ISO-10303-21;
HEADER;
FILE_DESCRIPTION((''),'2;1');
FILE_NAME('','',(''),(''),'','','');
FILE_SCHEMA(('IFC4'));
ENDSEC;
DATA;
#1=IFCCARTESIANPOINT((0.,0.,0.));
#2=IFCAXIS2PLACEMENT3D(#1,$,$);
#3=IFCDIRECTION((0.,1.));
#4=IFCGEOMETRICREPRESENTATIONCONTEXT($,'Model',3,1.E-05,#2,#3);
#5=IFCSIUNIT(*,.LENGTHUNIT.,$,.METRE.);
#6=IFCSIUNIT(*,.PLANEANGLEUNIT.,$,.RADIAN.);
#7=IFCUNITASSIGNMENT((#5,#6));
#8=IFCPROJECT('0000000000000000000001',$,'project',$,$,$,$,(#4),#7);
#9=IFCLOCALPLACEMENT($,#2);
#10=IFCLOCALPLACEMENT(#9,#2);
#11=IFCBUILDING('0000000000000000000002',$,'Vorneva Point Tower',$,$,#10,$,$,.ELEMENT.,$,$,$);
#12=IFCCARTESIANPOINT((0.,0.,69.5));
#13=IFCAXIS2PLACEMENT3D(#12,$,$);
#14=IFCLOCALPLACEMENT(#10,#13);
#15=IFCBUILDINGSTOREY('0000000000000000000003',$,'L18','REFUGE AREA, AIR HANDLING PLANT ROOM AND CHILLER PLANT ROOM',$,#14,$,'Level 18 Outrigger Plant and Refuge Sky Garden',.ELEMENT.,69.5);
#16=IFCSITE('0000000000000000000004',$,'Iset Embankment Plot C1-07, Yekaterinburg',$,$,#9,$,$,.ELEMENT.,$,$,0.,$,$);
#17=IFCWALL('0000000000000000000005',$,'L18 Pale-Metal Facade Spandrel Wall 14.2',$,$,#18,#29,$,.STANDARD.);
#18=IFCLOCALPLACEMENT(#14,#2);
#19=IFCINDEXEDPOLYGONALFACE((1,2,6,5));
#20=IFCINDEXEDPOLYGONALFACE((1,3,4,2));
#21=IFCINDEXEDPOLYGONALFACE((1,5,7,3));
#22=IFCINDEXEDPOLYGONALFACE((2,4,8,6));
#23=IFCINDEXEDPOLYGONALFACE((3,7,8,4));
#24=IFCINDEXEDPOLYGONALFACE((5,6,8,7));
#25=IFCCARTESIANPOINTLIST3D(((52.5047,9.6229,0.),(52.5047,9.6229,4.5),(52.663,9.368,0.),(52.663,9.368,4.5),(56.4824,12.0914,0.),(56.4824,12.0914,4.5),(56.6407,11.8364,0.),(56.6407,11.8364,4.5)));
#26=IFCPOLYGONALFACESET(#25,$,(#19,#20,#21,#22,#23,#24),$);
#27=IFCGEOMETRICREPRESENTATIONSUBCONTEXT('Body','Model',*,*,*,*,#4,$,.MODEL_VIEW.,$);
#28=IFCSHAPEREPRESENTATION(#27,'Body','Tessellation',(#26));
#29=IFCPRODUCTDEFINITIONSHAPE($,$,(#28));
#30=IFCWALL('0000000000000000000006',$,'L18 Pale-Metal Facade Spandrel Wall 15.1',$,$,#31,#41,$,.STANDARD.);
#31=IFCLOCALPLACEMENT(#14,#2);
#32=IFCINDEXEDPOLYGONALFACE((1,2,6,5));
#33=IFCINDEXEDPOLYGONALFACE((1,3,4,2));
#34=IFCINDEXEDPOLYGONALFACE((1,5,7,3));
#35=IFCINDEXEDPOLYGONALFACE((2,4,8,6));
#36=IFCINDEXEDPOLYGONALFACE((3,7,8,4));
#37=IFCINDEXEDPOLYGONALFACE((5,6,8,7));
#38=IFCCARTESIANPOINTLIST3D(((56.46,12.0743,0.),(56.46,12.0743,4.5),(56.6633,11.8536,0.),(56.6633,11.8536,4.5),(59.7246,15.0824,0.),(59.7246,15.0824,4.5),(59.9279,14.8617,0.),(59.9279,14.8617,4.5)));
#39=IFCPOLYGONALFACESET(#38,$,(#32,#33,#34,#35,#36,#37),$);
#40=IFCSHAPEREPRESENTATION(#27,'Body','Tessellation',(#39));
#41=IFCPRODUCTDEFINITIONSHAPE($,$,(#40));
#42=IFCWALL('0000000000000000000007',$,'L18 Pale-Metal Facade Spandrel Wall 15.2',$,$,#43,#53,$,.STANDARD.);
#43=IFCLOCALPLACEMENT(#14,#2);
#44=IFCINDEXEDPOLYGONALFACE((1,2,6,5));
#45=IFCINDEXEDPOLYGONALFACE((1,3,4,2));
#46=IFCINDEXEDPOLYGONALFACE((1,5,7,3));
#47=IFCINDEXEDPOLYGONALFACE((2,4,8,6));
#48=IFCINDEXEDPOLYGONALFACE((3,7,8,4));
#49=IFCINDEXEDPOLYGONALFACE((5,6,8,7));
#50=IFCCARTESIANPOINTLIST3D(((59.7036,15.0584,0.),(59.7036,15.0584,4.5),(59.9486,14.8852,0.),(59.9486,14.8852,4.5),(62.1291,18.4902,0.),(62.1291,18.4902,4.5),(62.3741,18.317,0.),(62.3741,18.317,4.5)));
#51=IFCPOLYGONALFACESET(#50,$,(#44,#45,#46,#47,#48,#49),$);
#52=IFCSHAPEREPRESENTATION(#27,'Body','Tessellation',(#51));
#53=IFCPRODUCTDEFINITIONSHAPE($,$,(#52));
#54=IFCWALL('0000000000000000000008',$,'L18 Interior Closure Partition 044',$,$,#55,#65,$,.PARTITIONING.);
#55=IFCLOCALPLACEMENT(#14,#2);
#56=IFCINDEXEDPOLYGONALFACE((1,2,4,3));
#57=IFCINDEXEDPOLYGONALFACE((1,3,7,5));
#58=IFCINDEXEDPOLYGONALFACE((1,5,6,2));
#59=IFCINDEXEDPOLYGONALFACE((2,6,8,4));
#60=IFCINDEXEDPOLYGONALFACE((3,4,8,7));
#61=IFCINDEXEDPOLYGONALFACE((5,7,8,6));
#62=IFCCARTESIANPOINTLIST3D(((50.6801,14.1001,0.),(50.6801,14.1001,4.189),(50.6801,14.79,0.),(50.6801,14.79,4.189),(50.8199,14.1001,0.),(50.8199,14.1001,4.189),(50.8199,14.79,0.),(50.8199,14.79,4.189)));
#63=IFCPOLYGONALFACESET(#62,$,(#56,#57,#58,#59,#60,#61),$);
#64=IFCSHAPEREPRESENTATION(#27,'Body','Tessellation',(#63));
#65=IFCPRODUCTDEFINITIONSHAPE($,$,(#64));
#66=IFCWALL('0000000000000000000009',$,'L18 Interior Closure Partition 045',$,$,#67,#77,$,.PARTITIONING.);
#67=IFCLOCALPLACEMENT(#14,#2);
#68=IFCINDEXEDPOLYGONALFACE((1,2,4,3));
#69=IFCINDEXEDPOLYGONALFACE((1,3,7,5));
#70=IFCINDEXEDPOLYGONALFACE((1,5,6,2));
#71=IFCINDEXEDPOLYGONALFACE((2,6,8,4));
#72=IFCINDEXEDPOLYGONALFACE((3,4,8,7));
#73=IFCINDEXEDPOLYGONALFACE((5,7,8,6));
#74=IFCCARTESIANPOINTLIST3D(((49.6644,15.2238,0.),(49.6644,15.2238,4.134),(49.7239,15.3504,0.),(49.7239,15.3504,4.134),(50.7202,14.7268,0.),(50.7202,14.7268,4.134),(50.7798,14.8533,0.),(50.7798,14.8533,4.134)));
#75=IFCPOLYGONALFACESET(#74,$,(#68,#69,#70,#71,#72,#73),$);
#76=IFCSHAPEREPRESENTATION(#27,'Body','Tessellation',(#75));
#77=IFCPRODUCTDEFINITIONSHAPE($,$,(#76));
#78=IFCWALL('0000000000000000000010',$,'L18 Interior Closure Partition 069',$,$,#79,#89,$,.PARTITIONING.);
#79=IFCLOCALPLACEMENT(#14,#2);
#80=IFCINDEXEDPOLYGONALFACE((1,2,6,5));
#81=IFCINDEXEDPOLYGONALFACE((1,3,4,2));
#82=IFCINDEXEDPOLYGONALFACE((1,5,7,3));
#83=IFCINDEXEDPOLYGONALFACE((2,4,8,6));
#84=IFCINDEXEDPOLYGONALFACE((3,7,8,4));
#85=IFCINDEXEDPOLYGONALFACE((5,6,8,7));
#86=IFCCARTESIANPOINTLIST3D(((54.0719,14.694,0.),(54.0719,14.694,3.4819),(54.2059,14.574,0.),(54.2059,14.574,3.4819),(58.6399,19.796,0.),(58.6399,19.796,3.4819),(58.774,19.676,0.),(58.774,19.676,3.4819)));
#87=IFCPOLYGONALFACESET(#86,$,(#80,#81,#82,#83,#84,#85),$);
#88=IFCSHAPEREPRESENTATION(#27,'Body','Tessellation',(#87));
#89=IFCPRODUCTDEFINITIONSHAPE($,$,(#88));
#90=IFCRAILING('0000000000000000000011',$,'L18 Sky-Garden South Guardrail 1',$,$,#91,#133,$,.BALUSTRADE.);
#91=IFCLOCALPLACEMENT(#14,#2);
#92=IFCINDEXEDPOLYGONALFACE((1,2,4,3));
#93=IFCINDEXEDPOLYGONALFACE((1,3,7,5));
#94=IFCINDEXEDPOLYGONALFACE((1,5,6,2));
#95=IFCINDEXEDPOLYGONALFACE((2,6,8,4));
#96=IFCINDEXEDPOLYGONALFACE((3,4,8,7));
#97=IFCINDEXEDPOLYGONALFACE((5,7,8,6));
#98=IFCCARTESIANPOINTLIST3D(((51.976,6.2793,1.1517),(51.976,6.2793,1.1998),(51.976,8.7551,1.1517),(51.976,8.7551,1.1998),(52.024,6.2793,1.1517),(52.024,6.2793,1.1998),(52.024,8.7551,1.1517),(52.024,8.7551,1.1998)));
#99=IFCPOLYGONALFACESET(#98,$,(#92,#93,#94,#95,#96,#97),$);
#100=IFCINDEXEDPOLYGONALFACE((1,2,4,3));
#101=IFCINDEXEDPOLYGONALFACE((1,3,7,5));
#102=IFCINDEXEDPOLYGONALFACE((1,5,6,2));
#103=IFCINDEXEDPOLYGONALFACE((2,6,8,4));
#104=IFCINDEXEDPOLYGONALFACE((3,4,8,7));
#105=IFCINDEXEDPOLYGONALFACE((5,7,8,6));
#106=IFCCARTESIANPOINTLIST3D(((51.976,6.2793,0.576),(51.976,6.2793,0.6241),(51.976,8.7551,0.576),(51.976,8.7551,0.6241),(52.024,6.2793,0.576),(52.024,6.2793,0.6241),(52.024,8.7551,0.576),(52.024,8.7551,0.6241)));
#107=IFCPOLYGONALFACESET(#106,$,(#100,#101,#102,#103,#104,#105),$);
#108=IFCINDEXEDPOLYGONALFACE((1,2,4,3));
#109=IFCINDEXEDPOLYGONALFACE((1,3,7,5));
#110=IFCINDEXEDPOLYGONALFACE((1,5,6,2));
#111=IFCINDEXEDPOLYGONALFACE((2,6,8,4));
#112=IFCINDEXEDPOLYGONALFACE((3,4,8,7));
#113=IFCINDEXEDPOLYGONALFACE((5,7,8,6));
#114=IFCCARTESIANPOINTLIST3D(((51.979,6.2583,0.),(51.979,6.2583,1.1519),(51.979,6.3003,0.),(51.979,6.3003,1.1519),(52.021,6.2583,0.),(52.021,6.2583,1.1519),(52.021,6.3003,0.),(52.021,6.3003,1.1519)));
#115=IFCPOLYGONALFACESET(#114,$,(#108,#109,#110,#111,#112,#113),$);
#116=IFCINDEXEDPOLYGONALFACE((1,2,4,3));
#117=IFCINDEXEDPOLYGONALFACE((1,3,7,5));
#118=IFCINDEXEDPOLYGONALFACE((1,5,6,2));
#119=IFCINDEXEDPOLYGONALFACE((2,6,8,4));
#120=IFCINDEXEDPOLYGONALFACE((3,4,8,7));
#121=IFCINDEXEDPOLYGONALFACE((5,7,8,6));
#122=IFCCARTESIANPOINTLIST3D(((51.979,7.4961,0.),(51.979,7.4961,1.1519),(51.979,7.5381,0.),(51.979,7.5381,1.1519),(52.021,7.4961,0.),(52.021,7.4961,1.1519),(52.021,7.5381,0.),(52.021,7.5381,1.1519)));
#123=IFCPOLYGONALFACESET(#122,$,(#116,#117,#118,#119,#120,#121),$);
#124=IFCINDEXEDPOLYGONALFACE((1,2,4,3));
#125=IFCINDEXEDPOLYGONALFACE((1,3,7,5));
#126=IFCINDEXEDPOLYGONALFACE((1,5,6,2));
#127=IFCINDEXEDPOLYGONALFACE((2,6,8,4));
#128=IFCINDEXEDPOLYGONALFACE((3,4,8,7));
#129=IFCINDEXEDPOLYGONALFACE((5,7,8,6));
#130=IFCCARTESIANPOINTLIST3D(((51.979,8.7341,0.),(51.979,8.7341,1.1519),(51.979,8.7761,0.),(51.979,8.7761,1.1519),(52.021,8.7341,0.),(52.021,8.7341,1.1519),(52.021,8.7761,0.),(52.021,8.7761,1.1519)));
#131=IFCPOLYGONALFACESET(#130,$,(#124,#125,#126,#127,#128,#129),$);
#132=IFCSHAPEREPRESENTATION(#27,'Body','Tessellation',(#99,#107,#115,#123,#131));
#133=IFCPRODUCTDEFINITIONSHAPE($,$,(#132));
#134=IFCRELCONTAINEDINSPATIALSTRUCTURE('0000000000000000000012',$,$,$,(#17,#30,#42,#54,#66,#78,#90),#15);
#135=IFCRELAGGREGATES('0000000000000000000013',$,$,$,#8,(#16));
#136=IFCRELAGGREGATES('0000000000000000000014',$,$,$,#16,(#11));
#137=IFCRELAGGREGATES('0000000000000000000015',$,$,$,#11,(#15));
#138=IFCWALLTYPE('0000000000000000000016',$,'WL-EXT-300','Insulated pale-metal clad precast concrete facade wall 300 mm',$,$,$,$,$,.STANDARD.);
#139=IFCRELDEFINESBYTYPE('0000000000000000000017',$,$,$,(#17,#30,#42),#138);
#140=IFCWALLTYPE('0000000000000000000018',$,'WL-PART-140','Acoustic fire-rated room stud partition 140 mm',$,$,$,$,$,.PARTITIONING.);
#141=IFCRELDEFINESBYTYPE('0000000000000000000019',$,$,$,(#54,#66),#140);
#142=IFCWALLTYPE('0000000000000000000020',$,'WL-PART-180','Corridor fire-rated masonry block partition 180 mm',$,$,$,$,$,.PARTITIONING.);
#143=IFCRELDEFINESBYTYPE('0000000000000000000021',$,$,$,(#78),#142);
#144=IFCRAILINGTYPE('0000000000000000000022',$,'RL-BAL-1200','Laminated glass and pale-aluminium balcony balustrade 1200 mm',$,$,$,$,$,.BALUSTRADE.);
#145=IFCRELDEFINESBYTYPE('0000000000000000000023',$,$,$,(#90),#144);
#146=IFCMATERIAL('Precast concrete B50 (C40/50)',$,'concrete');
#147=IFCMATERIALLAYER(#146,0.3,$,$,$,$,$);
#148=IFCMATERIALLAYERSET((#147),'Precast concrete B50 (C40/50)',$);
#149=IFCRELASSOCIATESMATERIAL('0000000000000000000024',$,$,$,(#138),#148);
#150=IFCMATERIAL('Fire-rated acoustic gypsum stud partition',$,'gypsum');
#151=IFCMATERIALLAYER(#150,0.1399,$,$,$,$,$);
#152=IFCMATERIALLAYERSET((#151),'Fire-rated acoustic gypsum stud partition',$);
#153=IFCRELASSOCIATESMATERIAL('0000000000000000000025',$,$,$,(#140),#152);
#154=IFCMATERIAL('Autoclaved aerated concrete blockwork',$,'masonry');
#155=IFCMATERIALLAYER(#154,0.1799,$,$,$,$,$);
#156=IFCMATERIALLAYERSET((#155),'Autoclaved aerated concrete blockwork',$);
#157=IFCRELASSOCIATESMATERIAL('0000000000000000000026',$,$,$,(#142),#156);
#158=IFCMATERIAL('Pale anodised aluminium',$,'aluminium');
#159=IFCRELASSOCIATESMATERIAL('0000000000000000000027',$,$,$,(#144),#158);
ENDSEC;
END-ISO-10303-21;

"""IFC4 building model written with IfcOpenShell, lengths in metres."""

from ifc_helpers import new_model, si_unit, direction, frame, frame_2d, origin, origin_2d, place, context, subcontext, project, spatial, rectangle, extrude, material, layer, layer_set, type_object, element, save


model = new_model("IFC4")

# Units and contexts
model_context = context("Model", 3, precision=1e-05, world=origin(), true_north=direction((0.0, 1.0)))
body_context = subcontext(model_context, "Body", "Model", "MODEL_VIEW")
ifc_project = project(units=[si_unit("LENGTHUNIT", "METRE"), si_unit("PLANEANGLEUNIT", "RADIAN")], contexts=[model_context])

# Site, building, storey
site_placement = place(None, origin())
site = spatial("IfcSite", under=ifc_project, at=site_placement, Name="Iset Embankment Plot C1-07, Yekaterinburg", CompositionType="ELEMENT", RefElevation=0.0)
building_placement = place(site_placement, origin())
building = spatial("IfcBuilding", under=site, at=building_placement, Name="Vorneva Point Tower", CompositionType="ELEMENT")
storey_placement = place(building_placement, frame((0.0, 0.0, 69.5)))
storey = spatial("IfcBuildingStorey", under=building, at=storey_placement, Name="L18", Description="REFUGE AREA, AIR HANDLING PLANT ROOM AND CHILLER PLANT ROOM", LongName="Level 18 Outrigger Plant and Refuge Sky Garden", CompositionType="ELEMENT", Elevation=69.5)

# Walls
ifc_material_1 = material(Name="Precast concrete B50 (C40/50)", Category="concrete")
ifc_layer_1 = layer(ifc_material_1, 0.3)
ifc_layer_set_1 = layer_set([ifc_layer_1], Name="Precast concrete B50 (C40/50)")
wall_type_1 = type_object("IfcWallType", Name="WL-EXT-300", Description="Insulated pale-metal clad precast concrete facade wall 300 mm", PredefinedType="STANDARD", material=ifc_layer_set_1)
wall_1_placement = place(storey_placement, frame((52.5837, 9.4954, 0.0), z_axis=(0.0, 0.0, 1.0), x_axis=(0.849684, 0.527291, 0.0)))
element("IfcWall", 1, at=wall_1_placement, inside=storey, type_object=wall_type_1, Name="L18 Pale-Metal Facade Spandrel Wall 14.2", PredefinedType="STANDARD", context=body_context, shape_type="SweptSolid", body=[
    extrude(rectangle(XDim=4.6814, YDim=0.3, at=frame_2d((2.3408, 0.0))), origin(), (0.0, 0.0, 1.0), 4.5),
])
wall_2_placement = place(storey_placement, frame((56.5615, 11.9639, 0.0), z_axis=(0.0, 0.0, 1.0), x_axis=(0.735417, 0.677615, 0.0)))
element("IfcWall", 2, at=wall_2_placement, inside=storey, type_object=wall_type_1, Name="L18 Pale-Metal Facade Spandrel Wall 15.1", PredefinedType="STANDARD", context=body_context, shape_type="SweptSolid", body=[
    extrude(rectangle(XDim=4.4392, YDim=0.3, at=frame_2d((2.2197, 0.0))), origin(), (0.0, 0.0, 1.0), 4.5),
])
wall_3_placement = place(storey_placement, frame((59.8262, 14.9719, 0.0), z_axis=(0.0, 0.0, 1.0), x_axis=(0.577164, 0.816628, 0.0)))
element("IfcWall", 3, at=wall_3_placement, inside=storey, type_object=wall_type_1, Name="L18 Pale-Metal Facade Spandrel Wall 15.2", PredefinedType="STANDARD", context=body_context, shape_type="SweptSolid", body=[
    extrude(rectangle(XDim=4.2024, YDim=0.3, at=frame_2d((2.1011, 0.0))), origin(), (0.0, 0.0, 1.0), 4.5),
])
ifc_material_2 = material(Name="Fire-rated acoustic gypsum stud partition", Category="gypsum")
ifc_layer_2 = layer(ifc_material_2, 0.1399)
ifc_layer_set_2 = layer_set([ifc_layer_2], Name="Fire-rated acoustic gypsum stud partition")
wall_type_2 = type_object("IfcWallType", Name="WL-PART-140", Description="Acoustic fire-rated room stud partition 140 mm", PredefinedType="PARTITIONING", material=ifc_layer_set_2)
wall_4_placement = place(storey_placement, frame((50.75, 14.1001, 0.0), z_axis=(0.0, 0.0, 1.0), x_axis=(0.0, 1.0, 0.0)))
element("IfcWall", 4, at=wall_4_placement, inside=storey, type_object=wall_type_2, Name="L18 Interior Closure Partition 044", PredefinedType="PARTITIONING", context=body_context, shape_type="SweptSolid", body=[
    extrude(rectangle(XDim=0.6899, YDim=0.1399, at=frame_2d((0.345, 0.0))), origin(), (0.0, 0.0, 1.0), 4.189),
])
wall_5_placement = place(storey_placement, frame((50.75, 14.79, 0.0), z_axis=(0.0, 0.0, 1.0), x_axis=(-0.904762, 0.425918, 0.0)))
element("IfcWall", 5, at=wall_5_placement, inside=storey, type_object=wall_type_2, Name="L18 Interior Closure Partition 045", PredefinedType="PARTITIONING", context=body_context, shape_type="SweptSolid", body=[
    extrude(rectangle(XDim=1.167, YDim=0.1399, at=frame_2d((0.5835, 0.0))), origin(), (0.0, 0.0, 1.0), 4.134),
])
ifc_material_3 = material(Name="Autoclaved aerated concrete blockwork", Category="masonry")
ifc_layer_3 = layer(ifc_material_3, 0.1799)
ifc_layer_set_3 = layer_set([ifc_layer_3], Name="Autoclaved aerated concrete blockwork")
wall_type_3 = type_object("IfcWallType", Name="WL-PART-180", Description="Corridor fire-rated masonry block partition 180 mm", PredefinedType="PARTITIONING", material=ifc_layer_set_3)
wall_6_placement = place(storey_placement, frame((54.1389, 14.634, 0.0), z_axis=(0.0, 0.0, 1.0), x_axis=(0.667048, 0.745015, 0.0)))
element("IfcWall", 6, at=wall_6_placement, inside=storey, type_object=wall_type_3, Name="L18 Interior Closure Partition 069", PredefinedType="PARTITIONING", context=body_context, shape_type="SweptSolid", body=[
    extrude(rectangle(XDim=6.8481, YDim=0.1799, at=frame_2d((3.4241, 0.0))), origin(), (0.0, 0.0, 1.0), 3.4819),
])

# Railing
ifc_material_4 = material(Name="Pale anodised aluminium", Category="aluminium")
railing_type = type_object("IfcRailingType", Name="RL-BAL-1200", Description="Laminated glass and pale-aluminium balcony balustrade 1200 mm", PredefinedType="BALUSTRADE", material=ifc_material_4)
railing_placement = place(storey_placement, frame((52.0, 6.2793, 0.0)))
element("IfcRailing", 7, at=railing_placement, inside=storey, type_object=railing_type, Name="L18 Sky-Garden South Guardrail 1", PredefinedType="BALUSTRADE", context=body_context, shape_type="SweptSolid", body=[
    extrude(rectangle(XDim=0.0481, YDim=0.0481, at=origin_2d()), frame((0.0, 0.0, 1.1758), z_axis=(0.0, 1.0, 0.0), x_axis=(-1.0, 0.0, 0.0)), (0.0, 0.0, 1.0), 2.4758),
    extrude(rectangle(XDim=0.0481, YDim=0.0481, at=origin_2d()), frame((0.0, 0.0, 0.6001), z_axis=(0.0, 1.0, 0.0), x_axis=(-1.0, 0.0, 0.0)), (0.0, 0.0, 1.0), 2.4758),
    extrude(rectangle(XDim=0.042, YDim=0.042, at=origin_2d()), origin(), (0.0, 0.0, 1.0), 1.1519),
    extrude(rectangle(XDim=0.042, YDim=0.042, at=origin_2d()), frame((0.0, 1.2378, 0.0)), (0.0, 0.0, 1.0), 1.1519),
    extrude(rectangle(XDim=0.042, YDim=0.042, at=origin_2d()), frame((0.0, 2.4758, 0.0)), (0.0, 0.0, 1.0), 1.1519),
])

save(model, "model.ifc")
